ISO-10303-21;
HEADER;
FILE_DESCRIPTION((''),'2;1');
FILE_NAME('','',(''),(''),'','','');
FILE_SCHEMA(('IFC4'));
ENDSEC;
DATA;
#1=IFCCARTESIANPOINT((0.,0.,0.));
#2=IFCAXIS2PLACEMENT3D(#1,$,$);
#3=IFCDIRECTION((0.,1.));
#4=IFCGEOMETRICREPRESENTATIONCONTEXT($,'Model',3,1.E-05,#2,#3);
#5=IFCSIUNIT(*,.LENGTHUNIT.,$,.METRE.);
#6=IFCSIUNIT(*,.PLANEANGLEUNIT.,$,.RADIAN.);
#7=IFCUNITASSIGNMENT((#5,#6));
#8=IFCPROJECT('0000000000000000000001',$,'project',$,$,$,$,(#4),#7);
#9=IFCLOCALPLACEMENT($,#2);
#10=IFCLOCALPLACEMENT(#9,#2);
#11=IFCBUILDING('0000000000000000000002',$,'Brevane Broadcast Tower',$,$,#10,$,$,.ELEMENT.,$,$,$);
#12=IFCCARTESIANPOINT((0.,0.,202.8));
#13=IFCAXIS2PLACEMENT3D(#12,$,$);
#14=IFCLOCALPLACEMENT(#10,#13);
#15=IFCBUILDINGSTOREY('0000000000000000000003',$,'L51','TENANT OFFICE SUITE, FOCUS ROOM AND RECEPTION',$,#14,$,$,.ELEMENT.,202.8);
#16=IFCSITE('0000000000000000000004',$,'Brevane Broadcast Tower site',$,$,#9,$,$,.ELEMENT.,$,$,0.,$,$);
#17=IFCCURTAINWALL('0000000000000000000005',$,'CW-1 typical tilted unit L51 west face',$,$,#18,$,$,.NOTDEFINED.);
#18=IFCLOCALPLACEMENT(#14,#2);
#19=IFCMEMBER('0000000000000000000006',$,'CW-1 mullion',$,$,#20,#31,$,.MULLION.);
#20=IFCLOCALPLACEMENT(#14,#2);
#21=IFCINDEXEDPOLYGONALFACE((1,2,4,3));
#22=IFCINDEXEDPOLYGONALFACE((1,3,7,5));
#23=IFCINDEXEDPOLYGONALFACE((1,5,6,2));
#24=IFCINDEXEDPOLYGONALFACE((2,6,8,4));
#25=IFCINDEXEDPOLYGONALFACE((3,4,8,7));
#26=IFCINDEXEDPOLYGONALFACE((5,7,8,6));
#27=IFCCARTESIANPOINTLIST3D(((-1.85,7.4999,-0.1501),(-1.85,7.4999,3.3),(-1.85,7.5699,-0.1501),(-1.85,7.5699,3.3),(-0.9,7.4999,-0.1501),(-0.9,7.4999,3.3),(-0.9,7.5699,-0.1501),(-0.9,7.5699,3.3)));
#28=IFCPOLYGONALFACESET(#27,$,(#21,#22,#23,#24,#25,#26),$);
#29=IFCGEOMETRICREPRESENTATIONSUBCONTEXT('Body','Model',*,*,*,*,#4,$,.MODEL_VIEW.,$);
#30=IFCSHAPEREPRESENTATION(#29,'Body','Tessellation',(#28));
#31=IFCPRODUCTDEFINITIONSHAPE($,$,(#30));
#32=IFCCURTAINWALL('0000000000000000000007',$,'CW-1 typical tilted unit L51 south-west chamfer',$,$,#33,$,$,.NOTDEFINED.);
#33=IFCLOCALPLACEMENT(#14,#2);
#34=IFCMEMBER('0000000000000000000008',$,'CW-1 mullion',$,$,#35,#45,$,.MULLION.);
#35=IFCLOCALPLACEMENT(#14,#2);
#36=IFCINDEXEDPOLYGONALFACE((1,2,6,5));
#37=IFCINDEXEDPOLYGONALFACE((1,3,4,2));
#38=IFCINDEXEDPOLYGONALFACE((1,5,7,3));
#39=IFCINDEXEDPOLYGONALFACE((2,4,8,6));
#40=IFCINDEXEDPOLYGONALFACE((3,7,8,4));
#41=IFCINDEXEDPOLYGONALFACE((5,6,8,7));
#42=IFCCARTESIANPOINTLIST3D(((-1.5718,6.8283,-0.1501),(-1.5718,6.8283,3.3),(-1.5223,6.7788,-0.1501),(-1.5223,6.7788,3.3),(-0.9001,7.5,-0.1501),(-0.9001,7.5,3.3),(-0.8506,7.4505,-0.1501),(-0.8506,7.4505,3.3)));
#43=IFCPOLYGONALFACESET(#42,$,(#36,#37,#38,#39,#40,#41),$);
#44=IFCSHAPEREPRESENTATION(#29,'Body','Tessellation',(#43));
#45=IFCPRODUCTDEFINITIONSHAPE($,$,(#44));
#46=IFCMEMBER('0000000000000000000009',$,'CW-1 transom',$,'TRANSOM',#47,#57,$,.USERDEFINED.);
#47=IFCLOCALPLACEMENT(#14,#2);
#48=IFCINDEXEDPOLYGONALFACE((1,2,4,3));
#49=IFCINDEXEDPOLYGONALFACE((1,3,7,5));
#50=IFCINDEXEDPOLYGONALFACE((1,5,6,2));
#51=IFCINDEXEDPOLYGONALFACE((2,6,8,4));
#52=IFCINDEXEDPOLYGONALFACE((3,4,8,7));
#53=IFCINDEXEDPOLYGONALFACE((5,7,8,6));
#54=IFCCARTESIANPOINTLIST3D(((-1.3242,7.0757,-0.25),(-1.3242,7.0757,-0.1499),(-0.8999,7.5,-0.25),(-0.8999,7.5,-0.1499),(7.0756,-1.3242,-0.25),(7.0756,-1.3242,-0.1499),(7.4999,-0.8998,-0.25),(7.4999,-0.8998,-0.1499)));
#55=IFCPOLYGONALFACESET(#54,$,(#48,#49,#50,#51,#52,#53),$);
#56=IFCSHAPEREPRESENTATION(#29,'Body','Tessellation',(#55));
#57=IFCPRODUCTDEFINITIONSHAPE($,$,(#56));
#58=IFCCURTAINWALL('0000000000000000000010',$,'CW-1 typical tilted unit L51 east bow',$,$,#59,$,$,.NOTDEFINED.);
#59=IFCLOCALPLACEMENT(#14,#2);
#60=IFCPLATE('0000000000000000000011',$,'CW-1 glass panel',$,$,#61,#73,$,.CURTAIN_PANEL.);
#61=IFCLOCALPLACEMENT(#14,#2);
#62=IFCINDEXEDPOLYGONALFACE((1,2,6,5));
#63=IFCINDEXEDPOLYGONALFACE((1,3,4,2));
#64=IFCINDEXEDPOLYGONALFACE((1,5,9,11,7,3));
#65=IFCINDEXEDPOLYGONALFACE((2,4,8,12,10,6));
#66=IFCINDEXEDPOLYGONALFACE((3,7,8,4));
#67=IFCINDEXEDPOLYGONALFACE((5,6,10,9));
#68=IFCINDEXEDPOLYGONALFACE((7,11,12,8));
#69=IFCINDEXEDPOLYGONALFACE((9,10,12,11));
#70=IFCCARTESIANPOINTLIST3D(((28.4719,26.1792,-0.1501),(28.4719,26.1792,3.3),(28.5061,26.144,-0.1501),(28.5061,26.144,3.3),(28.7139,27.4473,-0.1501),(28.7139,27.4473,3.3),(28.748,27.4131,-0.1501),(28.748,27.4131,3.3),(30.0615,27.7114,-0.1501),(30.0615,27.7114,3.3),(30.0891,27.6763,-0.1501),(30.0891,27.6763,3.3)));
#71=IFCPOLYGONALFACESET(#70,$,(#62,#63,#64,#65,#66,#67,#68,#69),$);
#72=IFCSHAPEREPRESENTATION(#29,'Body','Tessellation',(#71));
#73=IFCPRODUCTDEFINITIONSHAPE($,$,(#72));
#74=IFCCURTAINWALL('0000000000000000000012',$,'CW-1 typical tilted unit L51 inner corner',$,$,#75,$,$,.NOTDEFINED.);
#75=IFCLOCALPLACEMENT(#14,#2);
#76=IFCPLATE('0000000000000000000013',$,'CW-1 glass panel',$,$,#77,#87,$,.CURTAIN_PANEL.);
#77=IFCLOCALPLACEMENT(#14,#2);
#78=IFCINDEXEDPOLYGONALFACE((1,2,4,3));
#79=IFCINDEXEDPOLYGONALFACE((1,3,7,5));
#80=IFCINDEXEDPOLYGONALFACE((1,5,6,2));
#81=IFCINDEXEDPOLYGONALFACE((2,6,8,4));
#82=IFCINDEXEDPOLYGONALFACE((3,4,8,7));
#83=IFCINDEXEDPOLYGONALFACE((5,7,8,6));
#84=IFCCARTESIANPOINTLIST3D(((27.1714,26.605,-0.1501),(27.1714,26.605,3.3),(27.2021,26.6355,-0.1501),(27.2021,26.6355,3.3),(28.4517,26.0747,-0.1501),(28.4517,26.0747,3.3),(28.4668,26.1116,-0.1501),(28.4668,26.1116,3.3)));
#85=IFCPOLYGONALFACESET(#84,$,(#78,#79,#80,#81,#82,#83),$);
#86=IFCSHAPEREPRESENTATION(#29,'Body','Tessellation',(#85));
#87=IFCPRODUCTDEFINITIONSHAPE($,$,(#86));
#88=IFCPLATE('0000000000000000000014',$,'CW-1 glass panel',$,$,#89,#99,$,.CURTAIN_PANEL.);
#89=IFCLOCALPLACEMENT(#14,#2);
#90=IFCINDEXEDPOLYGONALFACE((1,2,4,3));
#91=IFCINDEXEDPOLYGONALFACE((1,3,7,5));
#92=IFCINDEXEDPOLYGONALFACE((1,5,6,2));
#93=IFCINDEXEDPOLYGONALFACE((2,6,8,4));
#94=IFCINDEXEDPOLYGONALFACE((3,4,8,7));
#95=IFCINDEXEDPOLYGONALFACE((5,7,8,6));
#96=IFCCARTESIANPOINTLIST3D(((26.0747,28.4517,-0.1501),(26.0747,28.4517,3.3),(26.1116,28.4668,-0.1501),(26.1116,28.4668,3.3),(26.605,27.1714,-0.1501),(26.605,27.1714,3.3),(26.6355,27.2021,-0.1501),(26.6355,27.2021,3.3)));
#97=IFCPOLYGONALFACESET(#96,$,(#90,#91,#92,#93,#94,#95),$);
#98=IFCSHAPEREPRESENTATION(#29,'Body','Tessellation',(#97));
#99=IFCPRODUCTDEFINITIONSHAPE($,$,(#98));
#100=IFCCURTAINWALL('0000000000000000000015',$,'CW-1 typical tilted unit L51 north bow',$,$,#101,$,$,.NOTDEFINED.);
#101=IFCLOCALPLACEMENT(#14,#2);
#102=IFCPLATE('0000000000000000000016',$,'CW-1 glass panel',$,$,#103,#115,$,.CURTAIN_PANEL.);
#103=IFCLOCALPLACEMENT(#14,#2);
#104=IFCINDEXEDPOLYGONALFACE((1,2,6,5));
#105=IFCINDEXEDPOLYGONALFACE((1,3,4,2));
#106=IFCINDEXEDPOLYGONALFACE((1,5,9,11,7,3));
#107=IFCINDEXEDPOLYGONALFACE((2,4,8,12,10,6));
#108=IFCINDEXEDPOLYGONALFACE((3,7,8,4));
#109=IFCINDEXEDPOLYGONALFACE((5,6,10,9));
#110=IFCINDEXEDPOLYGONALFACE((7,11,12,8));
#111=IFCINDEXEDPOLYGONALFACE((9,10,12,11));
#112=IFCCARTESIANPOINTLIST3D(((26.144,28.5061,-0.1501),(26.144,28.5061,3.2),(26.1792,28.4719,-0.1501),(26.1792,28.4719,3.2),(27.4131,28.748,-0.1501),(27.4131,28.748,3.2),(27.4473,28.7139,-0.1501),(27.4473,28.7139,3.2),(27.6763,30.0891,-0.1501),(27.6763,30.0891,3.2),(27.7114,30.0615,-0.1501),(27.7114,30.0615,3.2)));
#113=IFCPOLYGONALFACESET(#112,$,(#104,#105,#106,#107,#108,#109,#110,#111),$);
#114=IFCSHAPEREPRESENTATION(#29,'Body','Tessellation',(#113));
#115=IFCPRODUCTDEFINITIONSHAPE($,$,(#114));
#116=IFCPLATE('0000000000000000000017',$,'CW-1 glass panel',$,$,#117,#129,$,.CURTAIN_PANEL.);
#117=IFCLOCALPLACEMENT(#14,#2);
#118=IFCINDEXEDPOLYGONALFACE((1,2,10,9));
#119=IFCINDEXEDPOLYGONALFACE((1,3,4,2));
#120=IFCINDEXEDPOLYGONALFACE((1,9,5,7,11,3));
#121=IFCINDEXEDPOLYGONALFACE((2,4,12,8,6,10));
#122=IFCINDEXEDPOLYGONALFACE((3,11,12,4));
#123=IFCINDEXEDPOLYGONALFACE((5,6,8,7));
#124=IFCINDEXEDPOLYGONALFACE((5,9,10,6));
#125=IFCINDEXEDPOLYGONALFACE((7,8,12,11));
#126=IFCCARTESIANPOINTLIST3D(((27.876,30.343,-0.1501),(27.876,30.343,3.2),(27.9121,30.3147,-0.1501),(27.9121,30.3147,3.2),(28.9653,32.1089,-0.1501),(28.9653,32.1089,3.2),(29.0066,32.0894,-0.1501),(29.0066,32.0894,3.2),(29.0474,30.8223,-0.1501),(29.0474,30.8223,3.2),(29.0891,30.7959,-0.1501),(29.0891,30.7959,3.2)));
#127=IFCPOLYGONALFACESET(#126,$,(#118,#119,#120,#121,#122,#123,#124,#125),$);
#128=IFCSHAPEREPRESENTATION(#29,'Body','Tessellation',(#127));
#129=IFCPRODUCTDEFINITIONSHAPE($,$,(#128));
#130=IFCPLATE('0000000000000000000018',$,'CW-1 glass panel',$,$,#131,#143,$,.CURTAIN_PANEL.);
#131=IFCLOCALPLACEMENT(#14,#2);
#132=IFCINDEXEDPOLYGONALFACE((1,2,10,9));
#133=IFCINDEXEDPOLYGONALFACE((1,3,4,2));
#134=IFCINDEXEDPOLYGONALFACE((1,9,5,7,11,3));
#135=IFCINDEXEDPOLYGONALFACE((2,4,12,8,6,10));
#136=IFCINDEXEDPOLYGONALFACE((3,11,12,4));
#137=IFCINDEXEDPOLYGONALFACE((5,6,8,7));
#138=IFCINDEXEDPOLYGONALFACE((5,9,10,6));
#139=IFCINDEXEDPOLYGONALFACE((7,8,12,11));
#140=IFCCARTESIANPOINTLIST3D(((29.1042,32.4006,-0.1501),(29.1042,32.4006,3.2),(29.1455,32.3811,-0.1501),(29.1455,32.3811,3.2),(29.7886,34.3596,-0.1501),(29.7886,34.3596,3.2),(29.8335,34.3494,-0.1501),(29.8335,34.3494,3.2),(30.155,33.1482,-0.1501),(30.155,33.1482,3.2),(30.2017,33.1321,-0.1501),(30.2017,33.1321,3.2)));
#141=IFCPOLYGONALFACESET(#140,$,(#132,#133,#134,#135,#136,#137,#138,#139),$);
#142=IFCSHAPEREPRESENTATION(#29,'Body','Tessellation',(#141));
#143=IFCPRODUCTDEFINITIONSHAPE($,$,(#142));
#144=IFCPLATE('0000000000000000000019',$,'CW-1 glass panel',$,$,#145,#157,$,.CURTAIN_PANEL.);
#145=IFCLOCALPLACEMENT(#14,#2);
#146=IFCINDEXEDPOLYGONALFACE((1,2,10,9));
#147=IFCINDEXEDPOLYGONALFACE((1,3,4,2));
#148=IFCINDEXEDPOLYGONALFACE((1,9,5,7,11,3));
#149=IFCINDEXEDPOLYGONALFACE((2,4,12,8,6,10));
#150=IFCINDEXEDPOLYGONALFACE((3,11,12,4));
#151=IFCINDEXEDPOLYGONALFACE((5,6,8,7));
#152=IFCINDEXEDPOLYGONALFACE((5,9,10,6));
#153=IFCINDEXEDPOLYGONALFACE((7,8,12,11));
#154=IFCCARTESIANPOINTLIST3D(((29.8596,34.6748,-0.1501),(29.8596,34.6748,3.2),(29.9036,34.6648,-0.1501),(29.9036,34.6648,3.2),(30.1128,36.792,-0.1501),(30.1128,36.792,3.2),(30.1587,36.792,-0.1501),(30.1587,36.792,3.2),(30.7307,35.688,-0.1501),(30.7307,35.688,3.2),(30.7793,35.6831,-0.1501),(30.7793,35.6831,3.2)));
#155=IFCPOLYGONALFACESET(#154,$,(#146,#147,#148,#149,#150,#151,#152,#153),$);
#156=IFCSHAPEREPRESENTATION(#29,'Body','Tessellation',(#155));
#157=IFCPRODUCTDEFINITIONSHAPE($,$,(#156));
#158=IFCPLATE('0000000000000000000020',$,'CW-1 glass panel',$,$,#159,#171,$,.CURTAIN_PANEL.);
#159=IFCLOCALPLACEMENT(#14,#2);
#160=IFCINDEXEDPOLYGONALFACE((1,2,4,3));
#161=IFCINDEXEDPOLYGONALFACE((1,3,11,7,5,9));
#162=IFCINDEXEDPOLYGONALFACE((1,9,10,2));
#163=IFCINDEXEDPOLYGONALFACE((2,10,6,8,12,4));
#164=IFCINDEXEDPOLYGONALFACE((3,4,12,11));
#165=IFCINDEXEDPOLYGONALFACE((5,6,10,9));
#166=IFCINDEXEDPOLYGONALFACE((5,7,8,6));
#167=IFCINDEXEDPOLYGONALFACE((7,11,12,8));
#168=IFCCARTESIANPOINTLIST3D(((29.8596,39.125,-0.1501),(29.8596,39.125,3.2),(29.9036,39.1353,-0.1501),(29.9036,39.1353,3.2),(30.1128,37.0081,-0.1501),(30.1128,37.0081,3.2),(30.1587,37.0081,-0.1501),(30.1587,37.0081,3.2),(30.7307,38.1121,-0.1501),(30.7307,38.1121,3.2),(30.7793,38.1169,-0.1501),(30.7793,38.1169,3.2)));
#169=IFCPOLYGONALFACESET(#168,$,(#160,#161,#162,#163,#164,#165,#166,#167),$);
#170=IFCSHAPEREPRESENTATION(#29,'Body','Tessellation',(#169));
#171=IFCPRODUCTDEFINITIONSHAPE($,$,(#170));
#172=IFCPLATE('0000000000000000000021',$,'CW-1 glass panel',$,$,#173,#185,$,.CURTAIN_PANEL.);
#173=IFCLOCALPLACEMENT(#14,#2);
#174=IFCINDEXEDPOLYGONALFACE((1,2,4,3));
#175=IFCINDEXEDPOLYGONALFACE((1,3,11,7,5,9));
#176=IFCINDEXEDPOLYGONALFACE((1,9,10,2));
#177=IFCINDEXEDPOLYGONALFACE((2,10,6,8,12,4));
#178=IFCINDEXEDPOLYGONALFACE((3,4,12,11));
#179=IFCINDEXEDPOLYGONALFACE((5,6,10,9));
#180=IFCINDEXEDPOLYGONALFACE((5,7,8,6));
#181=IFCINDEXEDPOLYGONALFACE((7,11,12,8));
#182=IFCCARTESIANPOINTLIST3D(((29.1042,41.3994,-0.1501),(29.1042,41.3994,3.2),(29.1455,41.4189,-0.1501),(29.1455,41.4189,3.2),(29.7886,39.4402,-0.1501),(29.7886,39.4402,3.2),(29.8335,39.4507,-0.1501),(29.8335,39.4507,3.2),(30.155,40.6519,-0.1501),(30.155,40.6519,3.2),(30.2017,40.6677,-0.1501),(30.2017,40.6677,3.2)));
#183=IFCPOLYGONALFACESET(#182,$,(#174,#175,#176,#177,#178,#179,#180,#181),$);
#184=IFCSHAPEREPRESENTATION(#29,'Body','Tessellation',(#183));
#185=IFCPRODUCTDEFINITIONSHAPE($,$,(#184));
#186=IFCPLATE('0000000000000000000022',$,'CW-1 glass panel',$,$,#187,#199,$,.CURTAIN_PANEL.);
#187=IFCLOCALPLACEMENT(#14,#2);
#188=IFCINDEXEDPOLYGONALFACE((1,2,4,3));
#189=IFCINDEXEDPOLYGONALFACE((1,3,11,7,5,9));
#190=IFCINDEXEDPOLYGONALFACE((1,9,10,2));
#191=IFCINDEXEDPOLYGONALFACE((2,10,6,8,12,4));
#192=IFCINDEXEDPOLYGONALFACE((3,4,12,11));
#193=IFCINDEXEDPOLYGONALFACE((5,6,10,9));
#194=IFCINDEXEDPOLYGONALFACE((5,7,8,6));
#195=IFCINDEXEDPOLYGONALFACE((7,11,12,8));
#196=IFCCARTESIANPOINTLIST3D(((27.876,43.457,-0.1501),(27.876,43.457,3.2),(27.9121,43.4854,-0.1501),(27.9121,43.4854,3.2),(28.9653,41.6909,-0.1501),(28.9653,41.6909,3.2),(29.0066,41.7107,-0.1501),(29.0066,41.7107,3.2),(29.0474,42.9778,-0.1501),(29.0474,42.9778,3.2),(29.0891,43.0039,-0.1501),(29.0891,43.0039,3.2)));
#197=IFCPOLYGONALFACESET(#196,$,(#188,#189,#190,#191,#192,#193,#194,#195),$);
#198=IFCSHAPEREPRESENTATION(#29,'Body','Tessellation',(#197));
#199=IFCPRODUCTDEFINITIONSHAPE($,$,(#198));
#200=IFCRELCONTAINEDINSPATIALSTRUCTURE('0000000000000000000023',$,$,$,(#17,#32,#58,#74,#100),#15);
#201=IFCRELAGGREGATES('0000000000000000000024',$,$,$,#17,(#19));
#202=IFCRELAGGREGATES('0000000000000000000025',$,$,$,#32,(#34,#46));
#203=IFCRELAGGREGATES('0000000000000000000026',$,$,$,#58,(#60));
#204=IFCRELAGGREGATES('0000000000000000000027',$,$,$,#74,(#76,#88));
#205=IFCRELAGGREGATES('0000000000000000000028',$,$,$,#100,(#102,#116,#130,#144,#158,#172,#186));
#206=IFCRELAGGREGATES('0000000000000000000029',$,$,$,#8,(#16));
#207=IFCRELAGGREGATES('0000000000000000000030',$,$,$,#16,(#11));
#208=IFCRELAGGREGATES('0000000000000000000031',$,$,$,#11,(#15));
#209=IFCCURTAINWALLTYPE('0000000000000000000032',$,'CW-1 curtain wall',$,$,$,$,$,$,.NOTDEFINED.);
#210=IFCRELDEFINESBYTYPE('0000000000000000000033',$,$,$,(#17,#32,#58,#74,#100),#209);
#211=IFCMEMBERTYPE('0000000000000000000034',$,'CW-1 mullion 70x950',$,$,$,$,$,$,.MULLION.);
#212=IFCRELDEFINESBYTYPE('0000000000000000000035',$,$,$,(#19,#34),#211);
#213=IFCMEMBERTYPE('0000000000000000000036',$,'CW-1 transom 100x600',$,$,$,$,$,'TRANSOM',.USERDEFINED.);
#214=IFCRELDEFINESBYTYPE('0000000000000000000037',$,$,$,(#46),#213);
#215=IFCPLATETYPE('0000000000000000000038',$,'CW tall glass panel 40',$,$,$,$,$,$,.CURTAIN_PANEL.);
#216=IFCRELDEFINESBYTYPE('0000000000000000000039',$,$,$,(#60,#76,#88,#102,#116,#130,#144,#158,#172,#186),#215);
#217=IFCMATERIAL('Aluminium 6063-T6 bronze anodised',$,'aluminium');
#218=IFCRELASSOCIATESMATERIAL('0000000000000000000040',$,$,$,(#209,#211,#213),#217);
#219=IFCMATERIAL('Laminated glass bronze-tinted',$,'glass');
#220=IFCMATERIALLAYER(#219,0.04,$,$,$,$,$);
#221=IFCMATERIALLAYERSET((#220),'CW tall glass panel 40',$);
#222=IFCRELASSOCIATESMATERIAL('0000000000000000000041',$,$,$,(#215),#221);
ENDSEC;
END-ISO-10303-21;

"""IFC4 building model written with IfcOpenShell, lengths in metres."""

from ifc_helpers import new_model, si_unit, direction, frame, origin, origin_2d, place, context, subcontext, project, spatial, polyline, rectangle, outline, extrude, material, layer, layer_set, material_profile, profile_set, type_object, element, aggregate, save


model = new_model("IFC4")

# Units and contexts
model_context = context("Model", 3, precision=1e-05, world=origin(), true_north=direction((0.0, 1.0)))
body_context = subcontext(model_context, "Body", "Model", "MODEL_VIEW")
ifc_project = project(units=[si_unit("LENGTHUNIT", "METRE"), si_unit("PLANEANGLEUNIT", "RADIAN")], contexts=[model_context])

# Site, building, storey
site_placement = place(None, origin())
site = spatial("IfcSite", under=ifc_project, at=site_placement, Name="Brevane Broadcast Tower site", CompositionType="ELEMENT", RefElevation=0.0)
building_placement = place(site_placement, origin())
building = spatial("IfcBuilding", under=site, at=building_placement, Name="Brevane Broadcast Tower", CompositionType="ELEMENT")
storey_placement = place(building_placement, frame((0.0, 0.0, 202.8)))
storey = spatial("IfcBuildingStorey", under=building, at=storey_placement, Name="L51", Description="TENANT OFFICE SUITE, FOCUS ROOM AND RECEPTION", CompositionType="ELEMENT", Elevation=202.8)

# Curtain wall, member
ifc_material_1 = material(Name="Aluminium 6063-T6 bronze anodised", Category="aluminium")
curtain_wall_type = type_object("IfcCurtainWallType", Name="CW-1 curtain wall", PredefinedType="NOTDEFINED", material=ifc_material_1)
curtain_wall_1_placement = place(storey_placement, origin())
curtain_wall_1 = element("IfcCurtainWall", 1, at=curtain_wall_1_placement, inside=storey, type_object=curtain_wall_type, Name="CW-1 typical tilted unit L51 west face", PredefinedType="NOTDEFINED")
ifc_material_profile_1 = material_profile(ifc_material_1, rectangle(XDim=0.95, YDim=0.0701, at=origin_2d()), Name="RECT 70x950")
ifc_profile_set_1 = profile_set([ifc_material_profile_1], Name="Aluminium 6063-T6 bronze anodised")
member_type_1 = type_object("IfcMemberType", Name="CW-1 mullion 70x950", PredefinedType="MULLION", material=ifc_profile_set_1)
member_1_placement = place(storey_placement, frame((-1.375, 7.5349, -0.1501), z_axis=(0.0, 0.0, 1.0), x_axis=(1.0, 0.0, 0.0)))
member_1 = element("IfcMember", 2, at=member_1_placement, type_object=member_type_1, Name="CW-1 mullion", PredefinedType="MULLION", context=body_context, shape_type="SweptSolid", body=[
    extrude(rectangle(XDim=0.95, YDim=0.0701, at=origin_2d()), origin(), (0.0, 0.0, 1.0), 3.4502),
])
aggregate(curtain_wall_1, [member_1])

# Curtain wall, members
curtain_wall_2_placement = place(storey_placement, origin())
curtain_wall_2 = element("IfcCurtainWall", 3, at=curtain_wall_2_placement, inside=storey, type_object=curtain_wall_type, Name="CW-1 typical tilted unit L51 south-west chamfer", PredefinedType="NOTDEFINED")
member_2_placement = place(storey_placement, frame((-1.2112, 7.1394, -0.1501), z_axis=(0.0, 0.0, 1.0), x_axis=(0.707107, 0.707107, 0.0)))
member_2 = element("IfcMember", 4, at=member_2_placement, type_object=member_type_1, Name="CW-1 mullion", PredefinedType="MULLION", context=body_context, shape_type="SweptSolid", body=[
    extrude(rectangle(XDim=0.95, YDim=0.0701, at=origin_2d()), origin(), (0.0, 0.0, 1.0), 3.4502),
])
ifc_material_profile_2 = material_profile(ifc_material_1, rectangle(XDim=0.6001, YDim=0.1001, at=origin_2d()), Name="RECT 100x600")
ifc_profile_set_2 = profile_set([ifc_material_profile_2], Name="Aluminium 6063-T6 bronze anodised")
member_type_2 = type_object("IfcMemberType", Name="CW-1 transom 100x600", ElementType="TRANSOM", PredefinedType="USERDEFINED", material=ifc_profile_set_2)
member_3_placement = place(storey_placement, frame((-1.1121, 7.2878, -0.2), z_axis=(0.707107, -0.707107, 0.0), x_axis=(0.707107, 0.707107, 0.0)))
member_3 = element("IfcMember", 5, at=member_3_placement, type_object=member_type_2, Name="CW-1 transom", ObjectType="TRANSOM", PredefinedType="USERDEFINED", context=body_context, shape_type="SweptSolid", body=[
    extrude(rectangle(XDim=0.6001, YDim=0.1001, at=origin_2d()), origin(), (0.0, 0.0, 1.0), 11.8792),
])
aggregate(curtain_wall_2, [member_2, member_3])

# Curtain wall, plate
curtain_wall_3_placement = place(storey_placement, origin())
curtain_wall_3 = element("IfcCurtainWall", 6, at=curtain_wall_3_placement, inside=storey, type_object=curtain_wall_type, Name="CW-1 typical tilted unit L51 east bow", PredefinedType="NOTDEFINED")
ifc_material_2 = material(Name="Laminated glass bronze-tinted", Category="glass")
ifc_layer = layer(ifc_material_2, 0.04)
ifc_layer_set = layer_set([ifc_layer], Name="CW tall glass panel 40")
plate_type = type_object("IfcPlateType", Name="CW tall glass panel 40", PredefinedType="CURTAIN_PANEL", material=ifc_layer_set)
plate_1_placement = place(storey_placement, frame((0.0, 0.0, -0.1501)))
plate_1 = element("IfcPlate", 7, at=plate_1_placement, type_object=plate_type, Name="CW-1 glass panel", PredefinedType="CURTAIN_PANEL", context=body_context, shape_type="SweptSolid", body=[
    extrude(outline(polyline([(30.0891, 27.6763), (30.0615, 27.7114), (28.7139, 27.4473), (28.4719, 26.1792), (28.5061, 26.144), (28.748, 27.4131), (30.0891, 27.6763)])), origin(), (0.0, 0.0, 1.0), 3.4502),
])
aggregate(curtain_wall_3, [plate_1])

# Curtain walls, plates
curtain_wall_4_placement = place(storey_placement, origin())
curtain_wall_4 = element("IfcCurtainWall", 8, at=curtain_wall_4_placement, inside=storey, type_object=curtain_wall_type, Name="CW-1 typical tilted unit L51 inner corner", PredefinedType="NOTDEFINED")
plate_2_placement = place(storey_placement, frame((0.0, 0.0, -0.1501)))
plate_2 = element("IfcPlate", 9, at=plate_2_placement, type_object=plate_type, Name="CW-1 glass panel", PredefinedType="CURTAIN_PANEL", context=body_context, shape_type="SweptSolid", body=[
    extrude(outline(polyline([(28.4517, 26.0747), (28.4668, 26.1116), (27.2021, 26.6355), (27.1714, 26.605), (28.4517, 26.0747)])), origin(), (0.0, 0.0, 1.0), 3.4502),
])
plate_3_placement = place(storey_placement, frame((0.0, 0.0, -0.1501)))
plate_3 = element("IfcPlate", 10, at=plate_3_placement, type_object=plate_type, Name="CW-1 glass panel", PredefinedType="CURTAIN_PANEL", context=body_context, shape_type="SweptSolid", body=[
    extrude(outline(polyline([(26.605, 27.1714), (26.6355, 27.2021), (26.1116, 28.4668), (26.0747, 28.4517), (26.605, 27.1714)])), origin(), (0.0, 0.0, 1.0), 3.4502),
])
aggregate(curtain_wall_4, [plate_2, plate_3])
curtain_wall_5_placement = place(storey_placement, origin())
curtain_wall_5 = element("IfcCurtainWall", 11, at=curtain_wall_5_placement, inside=storey, type_object=curtain_wall_type, Name="CW-1 typical tilted unit L51 north bow", PredefinedType="NOTDEFINED")
plate_4_placement = place(storey_placement, frame((0.0, 0.0, -0.1501)))
plate_4 = element("IfcPlate", 12, at=plate_4_placement, type_object=plate_type, Name="CW-1 glass panel", PredefinedType="CURTAIN_PANEL", context=body_context, shape_type="SweptSolid", body=[
    extrude(outline(polyline([(26.144, 28.5061), (26.1792, 28.4719), (27.4473, 28.7139), (27.7114, 30.0615), (27.6763, 30.0891), (27.4131, 28.748), (26.144, 28.5061)])), origin(), (0.0, 0.0, 1.0), 3.3501),
])
plate_5_placement = place(storey_placement, frame((0.0, 0.0, -0.1501)))
plate_5 = element("IfcPlate", 13, at=plate_5_placement, type_object=plate_type, Name="CW-1 glass panel", PredefinedType="CURTAIN_PANEL", context=body_context, shape_type="SweptSolid", body=[
    extrude(outline(polyline([(27.876, 30.343), (27.9121, 30.3147), (29.0891, 30.7959), (29.0066, 32.0894), (28.9653, 32.1089), (29.0474, 30.8223), (27.876, 30.343)])), origin(), (0.0, 0.0, 1.0), 3.3501),
])
plate_6_placement = place(storey_placement, frame((0.0, 0.0, -0.1501)))
plate_6 = element("IfcPlate", 14, at=plate_6_placement, type_object=plate_type, Name="CW-1 glass panel", PredefinedType="CURTAIN_PANEL", context=body_context, shape_type="SweptSolid", body=[
    extrude(outline(polyline([(29.1042, 32.4006), (29.1455, 32.3811), (30.2017, 33.1321), (29.8335, 34.3494), (29.7886, 34.3596), (30.155, 33.1482), (29.1042, 32.4006)])), origin(), (0.0, 0.0, 1.0), 3.3501),
])
plate_7_placement = place(storey_placement, frame((0.0, 0.0, -0.1501)))
plate_7 = element("IfcPlate", 15, at=plate_7_placement, type_object=plate_type, Name="CW-1 glass panel", PredefinedType="CURTAIN_PANEL", context=body_context, shape_type="SweptSolid", body=[
    extrude(outline(polyline([(29.8596, 34.6748), (29.9036, 34.6648), (30.7793, 35.6831), (30.1587, 36.792), (30.1128, 36.792), (30.7307, 35.688), (29.8596, 34.6748)])), origin(), (0.0, 0.0, 1.0), 3.3501),
])
plate_8_placement = place(storey_placement, frame((0.0, 0.0, -0.1501)))
plate_8 = element("IfcPlate", 16, at=plate_8_placement, type_object=plate_type, Name="CW-1 glass panel", PredefinedType="CURTAIN_PANEL", context=body_context, shape_type="SweptSolid", body=[
    extrude(outline(polyline([(30.1128, 37.0081), (30.1587, 37.0081), (30.7793, 38.1169), (29.9036, 39.1353), (29.8596, 39.125), (30.7307, 38.1121), (30.1128, 37.0081)])), origin(), (0.0, 0.0, 1.0), 3.3501),
])
plate_9_placement = place(storey_placement, frame((0.0, 0.0, -0.1501)))
plate_9 = element("IfcPlate", 17, at=plate_9_placement, type_object=plate_type, Name="CW-1 glass panel", PredefinedType="CURTAIN_PANEL", context=body_context, shape_type="SweptSolid", body=[
    extrude(outline(polyline([(29.7886, 39.4402), (29.8335, 39.4507), (30.2017, 40.6677), (29.1455, 41.4189), (29.1042, 41.3994), (30.155, 40.6519), (29.7886, 39.4402)])), origin(), (0.0, 0.0, 1.0), 3.3501),
])
plate_10_placement = place(storey_placement, frame((0.0, 0.0, -0.1501)))
plate_10 = element("IfcPlate", 18, at=plate_10_placement, type_object=plate_type, Name="CW-1 glass panel", PredefinedType="CURTAIN_PANEL", context=body_context, shape_type="SweptSolid", body=[
    extrude(outline(polyline([(28.9653, 41.6909), (29.0066, 41.7107), (29.0891, 43.0039), (27.9121, 43.4854), (27.876, 43.457), (29.0474, 42.9778), (28.9653, 41.6909)])), origin(), (0.0, 0.0, 1.0), 3.3501),
])
aggregate(curtain_wall_5, [plate_4, plate_5, plate_6, plate_7, plate_8, plate_9, plate_10])

save(model, "model.ifc")
